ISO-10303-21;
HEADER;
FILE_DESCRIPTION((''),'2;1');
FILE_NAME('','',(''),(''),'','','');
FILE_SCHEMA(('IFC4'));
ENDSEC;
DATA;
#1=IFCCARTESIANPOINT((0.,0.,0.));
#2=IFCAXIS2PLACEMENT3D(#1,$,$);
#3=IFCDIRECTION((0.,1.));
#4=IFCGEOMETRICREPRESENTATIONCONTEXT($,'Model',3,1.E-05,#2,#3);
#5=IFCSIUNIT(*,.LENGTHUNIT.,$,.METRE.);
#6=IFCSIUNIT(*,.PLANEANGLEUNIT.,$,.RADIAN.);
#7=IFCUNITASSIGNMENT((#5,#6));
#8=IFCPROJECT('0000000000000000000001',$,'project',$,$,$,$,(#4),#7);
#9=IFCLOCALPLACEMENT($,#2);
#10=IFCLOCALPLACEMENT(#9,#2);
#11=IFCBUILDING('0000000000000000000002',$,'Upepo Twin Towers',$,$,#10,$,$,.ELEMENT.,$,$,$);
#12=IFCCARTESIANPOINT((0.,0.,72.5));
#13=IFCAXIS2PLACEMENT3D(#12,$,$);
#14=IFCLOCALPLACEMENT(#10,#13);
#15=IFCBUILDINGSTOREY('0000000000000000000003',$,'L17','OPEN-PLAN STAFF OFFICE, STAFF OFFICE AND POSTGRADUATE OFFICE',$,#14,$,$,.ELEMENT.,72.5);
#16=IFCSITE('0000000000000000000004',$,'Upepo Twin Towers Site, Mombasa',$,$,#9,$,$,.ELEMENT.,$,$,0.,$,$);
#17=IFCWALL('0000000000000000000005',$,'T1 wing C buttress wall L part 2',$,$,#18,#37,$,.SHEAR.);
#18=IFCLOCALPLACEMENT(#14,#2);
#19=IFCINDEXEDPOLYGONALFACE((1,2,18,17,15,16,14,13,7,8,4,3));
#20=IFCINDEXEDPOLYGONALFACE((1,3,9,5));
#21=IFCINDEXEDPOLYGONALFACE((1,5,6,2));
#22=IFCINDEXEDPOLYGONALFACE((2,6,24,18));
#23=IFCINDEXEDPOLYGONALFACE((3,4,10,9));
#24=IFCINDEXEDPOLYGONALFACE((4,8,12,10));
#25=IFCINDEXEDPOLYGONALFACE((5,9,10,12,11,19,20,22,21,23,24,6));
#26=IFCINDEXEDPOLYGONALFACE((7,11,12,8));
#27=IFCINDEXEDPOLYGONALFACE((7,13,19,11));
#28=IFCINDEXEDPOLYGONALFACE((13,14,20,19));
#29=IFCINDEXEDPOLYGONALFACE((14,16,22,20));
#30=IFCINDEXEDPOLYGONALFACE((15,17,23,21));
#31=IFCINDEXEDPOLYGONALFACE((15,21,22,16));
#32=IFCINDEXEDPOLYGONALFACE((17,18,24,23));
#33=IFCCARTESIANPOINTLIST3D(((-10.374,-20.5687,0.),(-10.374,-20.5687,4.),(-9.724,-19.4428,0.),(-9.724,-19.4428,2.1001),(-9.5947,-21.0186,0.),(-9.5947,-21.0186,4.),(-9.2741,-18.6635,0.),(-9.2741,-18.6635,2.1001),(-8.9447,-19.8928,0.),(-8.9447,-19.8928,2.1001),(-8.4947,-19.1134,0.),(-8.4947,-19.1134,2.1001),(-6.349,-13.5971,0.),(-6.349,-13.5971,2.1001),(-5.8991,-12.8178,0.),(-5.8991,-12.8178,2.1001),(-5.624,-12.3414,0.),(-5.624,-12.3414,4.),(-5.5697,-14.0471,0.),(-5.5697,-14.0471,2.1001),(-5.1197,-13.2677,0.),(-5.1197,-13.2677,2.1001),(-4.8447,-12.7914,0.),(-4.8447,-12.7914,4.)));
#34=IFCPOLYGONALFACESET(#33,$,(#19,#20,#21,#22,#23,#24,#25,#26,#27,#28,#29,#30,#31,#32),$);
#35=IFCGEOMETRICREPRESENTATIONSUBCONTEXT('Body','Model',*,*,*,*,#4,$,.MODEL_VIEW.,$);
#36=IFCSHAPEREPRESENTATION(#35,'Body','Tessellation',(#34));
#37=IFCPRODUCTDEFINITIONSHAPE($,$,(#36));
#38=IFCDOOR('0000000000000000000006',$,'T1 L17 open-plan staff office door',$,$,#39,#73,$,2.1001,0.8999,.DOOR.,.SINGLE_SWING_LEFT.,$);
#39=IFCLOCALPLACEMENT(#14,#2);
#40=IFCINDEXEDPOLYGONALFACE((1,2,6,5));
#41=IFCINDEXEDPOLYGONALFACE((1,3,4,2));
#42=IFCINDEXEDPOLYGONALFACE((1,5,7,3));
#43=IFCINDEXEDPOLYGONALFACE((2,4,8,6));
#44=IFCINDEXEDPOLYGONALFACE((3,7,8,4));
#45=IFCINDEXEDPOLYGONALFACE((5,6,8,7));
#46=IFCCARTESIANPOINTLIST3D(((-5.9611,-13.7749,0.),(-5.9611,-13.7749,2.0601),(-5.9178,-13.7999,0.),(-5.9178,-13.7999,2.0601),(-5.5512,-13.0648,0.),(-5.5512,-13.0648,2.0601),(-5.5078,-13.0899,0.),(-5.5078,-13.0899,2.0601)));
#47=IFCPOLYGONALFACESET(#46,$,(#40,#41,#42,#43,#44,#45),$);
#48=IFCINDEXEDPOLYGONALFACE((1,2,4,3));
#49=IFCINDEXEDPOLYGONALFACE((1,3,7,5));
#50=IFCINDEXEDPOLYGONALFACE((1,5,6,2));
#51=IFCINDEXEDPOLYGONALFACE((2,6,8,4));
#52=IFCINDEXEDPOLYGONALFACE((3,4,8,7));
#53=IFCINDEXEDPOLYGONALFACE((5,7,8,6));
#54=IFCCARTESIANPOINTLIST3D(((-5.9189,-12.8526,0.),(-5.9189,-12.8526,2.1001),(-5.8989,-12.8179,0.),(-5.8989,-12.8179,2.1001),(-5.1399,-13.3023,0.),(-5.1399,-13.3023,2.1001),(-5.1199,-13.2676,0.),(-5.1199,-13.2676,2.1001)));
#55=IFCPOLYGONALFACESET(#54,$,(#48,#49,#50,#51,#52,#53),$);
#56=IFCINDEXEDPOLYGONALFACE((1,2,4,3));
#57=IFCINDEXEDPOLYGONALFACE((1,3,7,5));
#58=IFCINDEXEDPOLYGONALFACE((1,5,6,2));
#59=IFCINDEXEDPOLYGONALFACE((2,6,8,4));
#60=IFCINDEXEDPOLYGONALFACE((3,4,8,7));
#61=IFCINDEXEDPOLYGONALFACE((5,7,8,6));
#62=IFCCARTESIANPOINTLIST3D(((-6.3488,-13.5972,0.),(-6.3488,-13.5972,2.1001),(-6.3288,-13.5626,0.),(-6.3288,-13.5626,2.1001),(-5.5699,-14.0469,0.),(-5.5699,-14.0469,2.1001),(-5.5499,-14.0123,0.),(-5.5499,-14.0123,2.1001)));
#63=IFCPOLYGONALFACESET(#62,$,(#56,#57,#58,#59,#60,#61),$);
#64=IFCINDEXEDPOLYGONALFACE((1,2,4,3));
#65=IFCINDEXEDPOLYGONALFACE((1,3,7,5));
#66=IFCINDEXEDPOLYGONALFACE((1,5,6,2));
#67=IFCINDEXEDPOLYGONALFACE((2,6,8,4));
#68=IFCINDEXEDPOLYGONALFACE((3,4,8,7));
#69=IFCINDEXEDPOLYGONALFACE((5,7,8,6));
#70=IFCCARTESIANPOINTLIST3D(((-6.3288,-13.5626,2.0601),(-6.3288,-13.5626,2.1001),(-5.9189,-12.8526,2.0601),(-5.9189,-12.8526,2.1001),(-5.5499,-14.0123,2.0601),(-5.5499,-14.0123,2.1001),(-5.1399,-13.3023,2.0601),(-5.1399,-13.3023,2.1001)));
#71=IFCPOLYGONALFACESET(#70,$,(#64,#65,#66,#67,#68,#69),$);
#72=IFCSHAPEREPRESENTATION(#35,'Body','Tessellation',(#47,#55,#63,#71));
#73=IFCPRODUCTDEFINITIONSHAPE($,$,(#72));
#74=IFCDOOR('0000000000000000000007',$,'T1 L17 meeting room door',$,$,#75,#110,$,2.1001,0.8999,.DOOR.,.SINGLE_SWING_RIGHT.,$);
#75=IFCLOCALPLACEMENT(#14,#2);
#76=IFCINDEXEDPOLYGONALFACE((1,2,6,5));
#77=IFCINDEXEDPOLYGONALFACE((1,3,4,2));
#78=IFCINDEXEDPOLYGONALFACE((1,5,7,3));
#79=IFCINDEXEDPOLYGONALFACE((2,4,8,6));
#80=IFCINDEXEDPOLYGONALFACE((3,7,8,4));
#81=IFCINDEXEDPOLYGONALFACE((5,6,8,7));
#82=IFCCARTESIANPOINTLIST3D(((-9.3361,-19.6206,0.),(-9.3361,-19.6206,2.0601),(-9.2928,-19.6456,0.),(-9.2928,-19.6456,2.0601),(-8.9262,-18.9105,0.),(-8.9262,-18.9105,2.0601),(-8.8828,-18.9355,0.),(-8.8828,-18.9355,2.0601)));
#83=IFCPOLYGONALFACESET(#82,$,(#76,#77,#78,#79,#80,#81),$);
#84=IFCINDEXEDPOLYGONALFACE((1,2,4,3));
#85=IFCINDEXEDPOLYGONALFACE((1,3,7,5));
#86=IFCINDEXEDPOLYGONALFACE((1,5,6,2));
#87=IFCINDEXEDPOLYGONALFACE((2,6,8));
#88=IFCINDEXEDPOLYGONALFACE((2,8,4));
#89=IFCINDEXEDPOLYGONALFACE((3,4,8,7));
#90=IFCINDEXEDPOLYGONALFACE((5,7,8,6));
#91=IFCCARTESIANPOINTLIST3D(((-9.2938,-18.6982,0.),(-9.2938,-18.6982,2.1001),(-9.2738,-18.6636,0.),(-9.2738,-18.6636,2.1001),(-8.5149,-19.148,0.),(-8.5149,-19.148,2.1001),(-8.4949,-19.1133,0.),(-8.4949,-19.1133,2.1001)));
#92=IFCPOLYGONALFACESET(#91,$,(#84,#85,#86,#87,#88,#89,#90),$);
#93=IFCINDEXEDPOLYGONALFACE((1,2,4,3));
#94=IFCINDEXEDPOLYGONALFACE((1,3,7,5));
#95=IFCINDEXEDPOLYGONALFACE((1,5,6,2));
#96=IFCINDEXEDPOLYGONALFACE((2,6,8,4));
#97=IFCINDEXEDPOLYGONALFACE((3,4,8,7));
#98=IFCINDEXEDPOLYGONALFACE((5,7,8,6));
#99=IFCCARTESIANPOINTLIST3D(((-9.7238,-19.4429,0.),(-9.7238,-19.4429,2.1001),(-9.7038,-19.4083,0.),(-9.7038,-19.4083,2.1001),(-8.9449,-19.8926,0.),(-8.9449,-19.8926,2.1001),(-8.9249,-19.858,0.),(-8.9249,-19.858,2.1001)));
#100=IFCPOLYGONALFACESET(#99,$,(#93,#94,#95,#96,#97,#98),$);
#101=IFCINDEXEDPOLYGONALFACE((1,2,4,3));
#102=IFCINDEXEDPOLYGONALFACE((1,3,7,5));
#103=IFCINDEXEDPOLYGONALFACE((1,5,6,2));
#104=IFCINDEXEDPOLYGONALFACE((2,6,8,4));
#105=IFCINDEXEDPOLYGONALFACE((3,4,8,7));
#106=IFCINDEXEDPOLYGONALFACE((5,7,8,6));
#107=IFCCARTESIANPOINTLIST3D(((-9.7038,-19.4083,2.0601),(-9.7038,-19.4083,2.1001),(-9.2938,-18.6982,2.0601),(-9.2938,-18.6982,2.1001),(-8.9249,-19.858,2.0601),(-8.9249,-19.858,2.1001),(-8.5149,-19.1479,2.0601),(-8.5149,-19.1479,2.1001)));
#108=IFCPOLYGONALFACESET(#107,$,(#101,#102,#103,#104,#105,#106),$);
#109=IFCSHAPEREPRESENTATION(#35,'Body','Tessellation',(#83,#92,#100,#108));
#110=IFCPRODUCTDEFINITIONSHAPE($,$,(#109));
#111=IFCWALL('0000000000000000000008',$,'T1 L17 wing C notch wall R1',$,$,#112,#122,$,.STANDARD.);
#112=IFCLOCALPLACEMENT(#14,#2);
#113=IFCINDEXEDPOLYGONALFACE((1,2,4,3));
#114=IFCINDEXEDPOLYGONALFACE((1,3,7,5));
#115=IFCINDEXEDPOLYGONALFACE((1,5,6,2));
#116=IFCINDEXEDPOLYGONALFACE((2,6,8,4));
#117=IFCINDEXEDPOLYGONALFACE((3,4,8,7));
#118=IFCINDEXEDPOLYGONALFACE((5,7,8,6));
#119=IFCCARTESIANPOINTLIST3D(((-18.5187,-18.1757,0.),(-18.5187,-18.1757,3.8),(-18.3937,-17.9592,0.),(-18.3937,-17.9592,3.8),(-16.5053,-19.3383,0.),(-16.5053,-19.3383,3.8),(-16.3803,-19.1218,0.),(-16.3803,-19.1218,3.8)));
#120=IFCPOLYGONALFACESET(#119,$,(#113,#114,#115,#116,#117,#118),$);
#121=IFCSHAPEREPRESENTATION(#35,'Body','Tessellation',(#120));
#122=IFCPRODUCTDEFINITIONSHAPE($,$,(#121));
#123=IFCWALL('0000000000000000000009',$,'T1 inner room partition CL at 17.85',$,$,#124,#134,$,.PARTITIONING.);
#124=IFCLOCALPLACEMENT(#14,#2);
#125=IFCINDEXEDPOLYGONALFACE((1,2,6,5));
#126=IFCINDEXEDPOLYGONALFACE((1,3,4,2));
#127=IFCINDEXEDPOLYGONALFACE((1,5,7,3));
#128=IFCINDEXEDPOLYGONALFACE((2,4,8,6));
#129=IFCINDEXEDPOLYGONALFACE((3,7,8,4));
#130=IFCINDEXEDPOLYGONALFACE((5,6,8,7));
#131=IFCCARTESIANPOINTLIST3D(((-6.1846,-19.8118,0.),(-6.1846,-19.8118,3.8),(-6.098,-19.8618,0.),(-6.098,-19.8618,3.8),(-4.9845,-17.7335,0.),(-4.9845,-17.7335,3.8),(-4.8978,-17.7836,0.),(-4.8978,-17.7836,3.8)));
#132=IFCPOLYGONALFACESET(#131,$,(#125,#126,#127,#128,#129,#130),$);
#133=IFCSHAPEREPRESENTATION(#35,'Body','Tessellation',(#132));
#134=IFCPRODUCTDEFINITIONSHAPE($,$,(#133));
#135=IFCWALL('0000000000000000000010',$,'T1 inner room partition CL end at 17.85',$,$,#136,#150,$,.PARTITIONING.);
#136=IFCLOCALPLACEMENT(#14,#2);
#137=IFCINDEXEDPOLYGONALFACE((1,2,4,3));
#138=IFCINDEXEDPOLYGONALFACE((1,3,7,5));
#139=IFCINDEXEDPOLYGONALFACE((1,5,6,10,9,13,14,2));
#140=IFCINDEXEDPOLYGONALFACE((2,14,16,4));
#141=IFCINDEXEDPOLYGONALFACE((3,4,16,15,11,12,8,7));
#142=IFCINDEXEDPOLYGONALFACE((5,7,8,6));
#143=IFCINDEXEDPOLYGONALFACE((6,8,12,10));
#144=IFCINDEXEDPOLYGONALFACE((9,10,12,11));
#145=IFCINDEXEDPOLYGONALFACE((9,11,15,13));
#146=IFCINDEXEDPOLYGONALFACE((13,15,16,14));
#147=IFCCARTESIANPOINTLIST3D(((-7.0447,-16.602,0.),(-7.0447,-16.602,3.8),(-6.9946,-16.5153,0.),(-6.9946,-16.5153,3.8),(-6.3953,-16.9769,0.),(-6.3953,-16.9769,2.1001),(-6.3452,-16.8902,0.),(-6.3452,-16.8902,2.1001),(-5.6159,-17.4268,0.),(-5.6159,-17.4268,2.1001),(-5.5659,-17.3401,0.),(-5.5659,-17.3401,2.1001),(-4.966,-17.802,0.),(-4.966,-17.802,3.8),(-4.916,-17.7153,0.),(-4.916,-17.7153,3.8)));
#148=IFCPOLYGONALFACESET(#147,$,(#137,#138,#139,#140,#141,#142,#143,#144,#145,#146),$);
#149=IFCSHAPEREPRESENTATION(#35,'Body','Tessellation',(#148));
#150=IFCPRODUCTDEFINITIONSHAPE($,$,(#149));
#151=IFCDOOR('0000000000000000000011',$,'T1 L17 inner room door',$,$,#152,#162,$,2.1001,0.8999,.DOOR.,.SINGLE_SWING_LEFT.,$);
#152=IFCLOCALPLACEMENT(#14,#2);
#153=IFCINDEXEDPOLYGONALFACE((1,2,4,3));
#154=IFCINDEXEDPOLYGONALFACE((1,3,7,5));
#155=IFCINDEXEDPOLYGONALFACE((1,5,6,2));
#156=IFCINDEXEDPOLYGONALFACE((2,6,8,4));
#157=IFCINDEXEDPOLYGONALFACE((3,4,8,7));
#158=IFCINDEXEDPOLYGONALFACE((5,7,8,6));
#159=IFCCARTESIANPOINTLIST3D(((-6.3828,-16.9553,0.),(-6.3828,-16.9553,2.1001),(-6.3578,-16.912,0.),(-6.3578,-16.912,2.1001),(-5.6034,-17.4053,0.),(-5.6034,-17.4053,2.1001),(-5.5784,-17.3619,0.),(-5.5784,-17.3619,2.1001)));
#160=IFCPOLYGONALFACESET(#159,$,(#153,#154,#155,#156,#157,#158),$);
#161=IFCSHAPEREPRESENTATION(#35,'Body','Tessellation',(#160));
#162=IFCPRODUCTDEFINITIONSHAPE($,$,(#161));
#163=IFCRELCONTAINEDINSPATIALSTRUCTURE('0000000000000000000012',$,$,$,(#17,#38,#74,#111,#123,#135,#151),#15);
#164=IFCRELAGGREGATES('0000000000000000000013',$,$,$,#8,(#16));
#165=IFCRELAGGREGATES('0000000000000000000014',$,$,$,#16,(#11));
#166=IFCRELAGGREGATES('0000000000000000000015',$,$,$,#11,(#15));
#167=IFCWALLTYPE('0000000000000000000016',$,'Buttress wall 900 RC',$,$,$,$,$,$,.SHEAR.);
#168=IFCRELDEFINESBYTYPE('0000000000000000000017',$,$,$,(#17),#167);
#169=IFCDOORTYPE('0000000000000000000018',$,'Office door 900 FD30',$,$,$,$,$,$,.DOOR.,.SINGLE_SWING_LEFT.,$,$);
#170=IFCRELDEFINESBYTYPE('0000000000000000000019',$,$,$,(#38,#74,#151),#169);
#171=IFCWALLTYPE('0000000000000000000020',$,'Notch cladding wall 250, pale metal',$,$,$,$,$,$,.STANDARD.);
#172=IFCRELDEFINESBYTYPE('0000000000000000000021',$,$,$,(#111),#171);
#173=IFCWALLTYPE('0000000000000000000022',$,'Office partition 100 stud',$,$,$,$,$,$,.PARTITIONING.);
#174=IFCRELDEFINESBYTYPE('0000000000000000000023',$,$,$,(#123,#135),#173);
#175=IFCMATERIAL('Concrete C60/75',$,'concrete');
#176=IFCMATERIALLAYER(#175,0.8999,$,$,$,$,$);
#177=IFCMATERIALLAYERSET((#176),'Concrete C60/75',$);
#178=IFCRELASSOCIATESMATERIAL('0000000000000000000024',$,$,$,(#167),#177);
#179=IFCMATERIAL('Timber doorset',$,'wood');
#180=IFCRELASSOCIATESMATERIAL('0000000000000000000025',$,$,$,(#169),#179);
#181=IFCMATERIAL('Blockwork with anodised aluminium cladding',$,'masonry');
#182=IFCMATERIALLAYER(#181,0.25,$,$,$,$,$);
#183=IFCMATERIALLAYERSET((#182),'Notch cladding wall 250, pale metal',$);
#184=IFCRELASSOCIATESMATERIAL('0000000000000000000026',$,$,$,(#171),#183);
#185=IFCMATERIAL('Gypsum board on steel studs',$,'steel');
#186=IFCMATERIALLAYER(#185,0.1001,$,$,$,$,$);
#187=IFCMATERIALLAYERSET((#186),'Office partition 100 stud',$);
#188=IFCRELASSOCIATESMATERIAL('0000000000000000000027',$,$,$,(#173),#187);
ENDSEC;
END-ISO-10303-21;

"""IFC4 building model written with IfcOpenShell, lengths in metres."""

from ifc_helpers import new_model, si_unit, direction, frame, frame_2d, origin, place, context, subcontext, project, spatial, rectangle, extrude, material, layer, layer_set, type_object, element, fill, save


model = new_model("IFC4")

# Units and contexts
model_context = context("Model", 3, precision=1e-05, world=origin(), true_north=direction((0.0, 1.0)))
body_context = subcontext(model_context, "Body", "Model", "MODEL_VIEW")
ifc_project = project(units=[si_unit("LENGTHUNIT", "METRE"), si_unit("PLANEANGLEUNIT", "RADIAN")], contexts=[model_context])

# Site, building, storey
site_placement = place(None, origin())
site = spatial("IfcSite", under=ifc_project, at=site_placement, Name="Upepo Twin Towers Site, Mombasa", CompositionType="ELEMENT", RefElevation=0.0)
building_placement = place(site_placement, origin())
building = spatial("IfcBuilding", under=site, at=building_placement, Name="Upepo Twin Towers", CompositionType="ELEMENT")
storey_placement = place(building_placement, frame((0.0, 0.0, 72.5)))
storey = spatial("IfcBuildingStorey", under=building, at=storey_placement, Name="L17", Description="OPEN-PLAN STAFF OFFICE, STAFF OFFICE AND POSTGRADUATE OFFICE", CompositionType="ELEMENT", Elevation=72.5)

# Wall, openings, doors
ifc_material_1 = material(Name="Concrete C60/75", Category="concrete")
ifc_layer_1 = layer(ifc_material_1, 0.8999)
ifc_layer_set_1 = layer_set([ifc_layer_1], Name="Concrete C60/75")
wall_type_1 = type_object("IfcWallType", Name="Buttress wall 900 RC", PredefinedType="SHEAR", material=ifc_layer_set_1)
wall_1_placement = place(storey_placement, frame((-5.2344, -12.5664, 0.0), z_axis=(0.0, 0.0, 1.0), x_axis=(-0.499998, -0.866027, 0.0)))
wall_1 = element("IfcWall", 1, at=wall_1_placement, inside=storey, type_object=wall_type_1, Name="T1 wing C buttress wall L part 2", PredefinedType="SHEAR", context=body_context, shape_type="SweptSolid", body=[
    extrude(rectangle(XDim=9.5, YDim=0.8999, at=frame_2d((4.75, 0.0))), origin(), (0.0, 0.0, 1.0), 4.0),
])
opening_1_placement = place(wall_1_placement, frame((0.55, 0.0, 0.0)))
opening_1 = element("IfcOpeningElement", 2, at=opening_1_placement, cuts=wall_1, PredefinedType="OPENING", context=body_context, shape_type="SweptSolid", body=[
    extrude(rectangle(XDim=0.8999, YDim=2.1001, at=frame_2d((0.45, 1.05))), frame((0.0, 0.46, 0.0), z_axis=(0.0, -1.0, 0.0), x_axis=(1.0, 0.0, 0.0)), (0.0, 0.0, 1.0), 0.9199),
])
opening_2_placement = place(wall_1_placement, frame((7.3, 0.0, 0.0)))
opening_2 = element("IfcOpeningElement", 3, at=opening_2_placement, cuts=wall_1, PredefinedType="OPENING", context=body_context, shape_type="SweptSolid", body=[
    extrude(rectangle(XDim=0.8999, YDim=2.1001, at=frame_2d((0.45, 1.05))), frame((0.0, 0.46, 0.0), z_axis=(0.0, -1.0, 0.0), x_axis=(1.0, 0.0, 0.0)), (0.0, 0.0, 1.0), 0.9199),
])
ifc_material_2 = material(Name="Timber doorset", Category="wood")
door_type = type_object("IfcDoorType", Name="Office door 900 FD30", OperationType="SINGLE_SWING_LEFT", PredefinedType="DOOR", material=ifc_material_2)
door_1_placement = place(opening_1_placement, origin())
door_1 = element("IfcDoor", 4, at=door_1_placement, inside=storey, type_object=door_type, Name="T1 L17 open-plan staff office door", OperationType="SINGLE_SWING_LEFT", OverallHeight=2.1001, OverallWidth=0.8999, PredefinedType="DOOR", context=body_context, shape_type="SweptSolid", body=[
    extrude(rectangle(XDim=0.8199, YDim=2.0601, at=frame_2d((0.45, 1.03))), frame((0.0, 0.0249, 0.0), z_axis=(0.0, -1.0, 0.0), x_axis=(1.0, 0.0, 0.0)), (0.0, 0.0, 1.0), 0.05),
    extrude(rectangle(XDim=0.04, YDim=2.1001, at=frame_2d((0.02, 1.05))), frame((0.0, 0.4497, 0.0), z_axis=(0.0, -1.0, 0.0), x_axis=(1.0, 0.0, 0.0)), (0.0, 0.0, 1.0), 0.8994),
    extrude(rectangle(XDim=0.04, YDim=2.1001, at=frame_2d((0.8799, 1.05))), frame((0.0, 0.4497, 0.0), z_axis=(0.0, -1.0, 0.0), x_axis=(1.0, 0.0, 0.0)), (0.0, 0.0, 1.0), 0.8994),
    extrude(rectangle(XDim=0.8199, YDim=0.04, at=frame_2d((0.45, 2.0801))), frame((0.0, 0.4497, 0.0), z_axis=(0.0, -1.0, 0.0), x_axis=(1.0, 0.0, 0.0)), (0.0, 0.0, 1.0), 0.8994),
])
fill(opening_1, door_1)
door_2_placement = place(opening_2_placement, origin())
door_2 = element("IfcDoor", 5, at=door_2_placement, inside=storey, type_object=door_type, Name="T1 L17 meeting room door", OperationType="SINGLE_SWING_RIGHT", OverallHeight=2.1001, OverallWidth=0.8999, PredefinedType="DOOR", context=body_context, shape_type="SweptSolid", body=[
    extrude(rectangle(XDim=0.8199, YDim=2.0601, at=frame_2d((0.45, 1.03))), frame((0.0, 0.0249, 0.0), z_axis=(0.0, -1.0, 0.0), x_axis=(1.0, 0.0, 0.0)), (0.0, 0.0, 1.0), 0.05),
    extrude(rectangle(XDim=0.04, YDim=2.1001, at=frame_2d((0.02, 1.05))), frame((0.0, 0.4497, 0.0), z_axis=(0.0, -1.0, 0.0), x_axis=(1.0, 0.0, 0.0)), (0.0, 0.0, 1.0), 0.8994),
    extrude(rectangle(XDim=0.04, YDim=2.1001, at=frame_2d((0.8799, 1.05))), frame((0.0, 0.4497, 0.0), z_axis=(0.0, -1.0, 0.0), x_axis=(1.0, 0.0, 0.0)), (0.0, 0.0, 1.0), 0.8994),
    extrude(rectangle(XDim=0.8199, YDim=0.04, at=frame_2d((0.45, 2.0801))), frame((0.0, 0.4497, 0.0), z_axis=(0.0, -1.0, 0.0), x_axis=(1.0, 0.0, 0.0)), (0.0, 0.0, 1.0), 0.8994),
])
fill(opening_2, door_2)

# Walls
ifc_material_3 = material(Name="Blockwork with anodised aluminium cladding", Category="masonry")
ifc_layer_2 = layer(ifc_material_3, 0.25)
ifc_layer_set_2 = layer_set([ifc_layer_2], Name="Notch cladding wall 250, pale metal")
wall_type_2 = type_object("IfcWallType", Name="Notch cladding wall 250, pale metal", PredefinedType="STANDARD", material=ifc_layer_set_2)
wall_2_placement = place(storey_placement, frame((-18.4563, -18.0674, 0.0), z_axis=(0.0, 0.0, 1.0), x_axis=(0.865998, -0.500047, 0.0)))
element("IfcWall", 6, at=wall_2_placement, inside=storey, type_object=wall_type_2, Name="T1 L17 wing C notch wall R1", PredefinedType="STANDARD", context=body_context, shape_type="SweptSolid", body=[
    extrude(rectangle(XDim=2.325, YDim=0.25, at=frame_2d((1.1626, 0.0))), origin(), (0.0, 0.0, 1.0), 3.8),
])
ifc_material_4 = material(Name="Gypsum board on steel studs", Category="steel")
ifc_layer_3 = layer(ifc_material_4, 0.1001)
ifc_layer_set_3 = layer_set([ifc_layer_3], Name="Office partition 100 stud")
wall_type_3 = type_object("IfcWallType", Name="Office partition 100 stud", PredefinedType="PARTITIONING", material=ifc_layer_set_3)
wall_3_placement = place(storey_placement, frame((-4.9412, -17.7585, 0.0), z_axis=(0.0, 0.0, 1.0), x_axis=(-0.500078, -0.865981, 0.0)))
element("IfcWall", 7, at=wall_3_placement, inside=storey, type_object=wall_type_3, Name="T1 inner room partition CL at 17.85", PredefinedType="PARTITIONING", context=body_context, shape_type="SweptSolid", body=[
    extrude(rectangle(XDim=2.3999, YDim=0.1001, at=frame_2d((1.2, 0.0))), origin(), (0.0, 0.0, 1.0), 3.8),
])

# Wall, opening, door
wall_4_placement = place(storey_placement, frame((-7.0198, -16.5586, 0.0), z_axis=(0.0, 0.0, 1.0), x_axis=(0.86605, -0.499957, 0.0)))
wall_4 = element("IfcWall", 8, at=wall_4_placement, inside=storey, type_object=wall_type_3, Name="T1 inner room partition CL end at 17.85", PredefinedType="PARTITIONING", context=body_context, shape_type="SweptSolid", body=[
    extrude(rectangle(XDim=2.4001, YDim=0.1001, at=frame_2d((1.2002, 0.0))), origin(), (0.0, 0.0, 1.0), 3.8),
])
opening_3_placement = place(wall_4_placement, frame((0.75, 0.0, 0.0)))
opening_3 = element("IfcOpeningElement", 9, at=opening_3_placement, cuts=wall_4, PredefinedType="OPENING", context=body_context, shape_type="SweptSolid", body=[
    extrude(rectangle(XDim=0.8999, YDim=2.1001, at=frame_2d((0.45, 1.05))), frame((0.0, 0.0601, 0.0), z_axis=(0.0, -1.0, 0.0), x_axis=(1.0, 0.0, 0.0)), (0.0, 0.0, 1.0), 0.1201),
])
door_3_placement = place(opening_3_placement, origin())
door_3 = element("IfcDoor", 10, at=door_3_placement, inside=storey, type_object=door_type, Name="T1 L17 inner room door", OperationType="SINGLE_SWING_LEFT", OverallHeight=2.1001, OverallWidth=0.8999, PredefinedType="DOOR", context=body_context, shape_type="SweptSolid", body=[
    extrude(rectangle(XDim=0.8999, YDim=2.1001, at=frame_2d((0.45, 1.05))), frame((0.0, 0.0249, 0.0), z_axis=(0.0, -1.0, 0.0), x_axis=(1.0, 0.0, 0.0)), (0.0, 0.0, 1.0), 0.05),
])
fill(opening_3, door_3)

save(model, "model.ifc")
